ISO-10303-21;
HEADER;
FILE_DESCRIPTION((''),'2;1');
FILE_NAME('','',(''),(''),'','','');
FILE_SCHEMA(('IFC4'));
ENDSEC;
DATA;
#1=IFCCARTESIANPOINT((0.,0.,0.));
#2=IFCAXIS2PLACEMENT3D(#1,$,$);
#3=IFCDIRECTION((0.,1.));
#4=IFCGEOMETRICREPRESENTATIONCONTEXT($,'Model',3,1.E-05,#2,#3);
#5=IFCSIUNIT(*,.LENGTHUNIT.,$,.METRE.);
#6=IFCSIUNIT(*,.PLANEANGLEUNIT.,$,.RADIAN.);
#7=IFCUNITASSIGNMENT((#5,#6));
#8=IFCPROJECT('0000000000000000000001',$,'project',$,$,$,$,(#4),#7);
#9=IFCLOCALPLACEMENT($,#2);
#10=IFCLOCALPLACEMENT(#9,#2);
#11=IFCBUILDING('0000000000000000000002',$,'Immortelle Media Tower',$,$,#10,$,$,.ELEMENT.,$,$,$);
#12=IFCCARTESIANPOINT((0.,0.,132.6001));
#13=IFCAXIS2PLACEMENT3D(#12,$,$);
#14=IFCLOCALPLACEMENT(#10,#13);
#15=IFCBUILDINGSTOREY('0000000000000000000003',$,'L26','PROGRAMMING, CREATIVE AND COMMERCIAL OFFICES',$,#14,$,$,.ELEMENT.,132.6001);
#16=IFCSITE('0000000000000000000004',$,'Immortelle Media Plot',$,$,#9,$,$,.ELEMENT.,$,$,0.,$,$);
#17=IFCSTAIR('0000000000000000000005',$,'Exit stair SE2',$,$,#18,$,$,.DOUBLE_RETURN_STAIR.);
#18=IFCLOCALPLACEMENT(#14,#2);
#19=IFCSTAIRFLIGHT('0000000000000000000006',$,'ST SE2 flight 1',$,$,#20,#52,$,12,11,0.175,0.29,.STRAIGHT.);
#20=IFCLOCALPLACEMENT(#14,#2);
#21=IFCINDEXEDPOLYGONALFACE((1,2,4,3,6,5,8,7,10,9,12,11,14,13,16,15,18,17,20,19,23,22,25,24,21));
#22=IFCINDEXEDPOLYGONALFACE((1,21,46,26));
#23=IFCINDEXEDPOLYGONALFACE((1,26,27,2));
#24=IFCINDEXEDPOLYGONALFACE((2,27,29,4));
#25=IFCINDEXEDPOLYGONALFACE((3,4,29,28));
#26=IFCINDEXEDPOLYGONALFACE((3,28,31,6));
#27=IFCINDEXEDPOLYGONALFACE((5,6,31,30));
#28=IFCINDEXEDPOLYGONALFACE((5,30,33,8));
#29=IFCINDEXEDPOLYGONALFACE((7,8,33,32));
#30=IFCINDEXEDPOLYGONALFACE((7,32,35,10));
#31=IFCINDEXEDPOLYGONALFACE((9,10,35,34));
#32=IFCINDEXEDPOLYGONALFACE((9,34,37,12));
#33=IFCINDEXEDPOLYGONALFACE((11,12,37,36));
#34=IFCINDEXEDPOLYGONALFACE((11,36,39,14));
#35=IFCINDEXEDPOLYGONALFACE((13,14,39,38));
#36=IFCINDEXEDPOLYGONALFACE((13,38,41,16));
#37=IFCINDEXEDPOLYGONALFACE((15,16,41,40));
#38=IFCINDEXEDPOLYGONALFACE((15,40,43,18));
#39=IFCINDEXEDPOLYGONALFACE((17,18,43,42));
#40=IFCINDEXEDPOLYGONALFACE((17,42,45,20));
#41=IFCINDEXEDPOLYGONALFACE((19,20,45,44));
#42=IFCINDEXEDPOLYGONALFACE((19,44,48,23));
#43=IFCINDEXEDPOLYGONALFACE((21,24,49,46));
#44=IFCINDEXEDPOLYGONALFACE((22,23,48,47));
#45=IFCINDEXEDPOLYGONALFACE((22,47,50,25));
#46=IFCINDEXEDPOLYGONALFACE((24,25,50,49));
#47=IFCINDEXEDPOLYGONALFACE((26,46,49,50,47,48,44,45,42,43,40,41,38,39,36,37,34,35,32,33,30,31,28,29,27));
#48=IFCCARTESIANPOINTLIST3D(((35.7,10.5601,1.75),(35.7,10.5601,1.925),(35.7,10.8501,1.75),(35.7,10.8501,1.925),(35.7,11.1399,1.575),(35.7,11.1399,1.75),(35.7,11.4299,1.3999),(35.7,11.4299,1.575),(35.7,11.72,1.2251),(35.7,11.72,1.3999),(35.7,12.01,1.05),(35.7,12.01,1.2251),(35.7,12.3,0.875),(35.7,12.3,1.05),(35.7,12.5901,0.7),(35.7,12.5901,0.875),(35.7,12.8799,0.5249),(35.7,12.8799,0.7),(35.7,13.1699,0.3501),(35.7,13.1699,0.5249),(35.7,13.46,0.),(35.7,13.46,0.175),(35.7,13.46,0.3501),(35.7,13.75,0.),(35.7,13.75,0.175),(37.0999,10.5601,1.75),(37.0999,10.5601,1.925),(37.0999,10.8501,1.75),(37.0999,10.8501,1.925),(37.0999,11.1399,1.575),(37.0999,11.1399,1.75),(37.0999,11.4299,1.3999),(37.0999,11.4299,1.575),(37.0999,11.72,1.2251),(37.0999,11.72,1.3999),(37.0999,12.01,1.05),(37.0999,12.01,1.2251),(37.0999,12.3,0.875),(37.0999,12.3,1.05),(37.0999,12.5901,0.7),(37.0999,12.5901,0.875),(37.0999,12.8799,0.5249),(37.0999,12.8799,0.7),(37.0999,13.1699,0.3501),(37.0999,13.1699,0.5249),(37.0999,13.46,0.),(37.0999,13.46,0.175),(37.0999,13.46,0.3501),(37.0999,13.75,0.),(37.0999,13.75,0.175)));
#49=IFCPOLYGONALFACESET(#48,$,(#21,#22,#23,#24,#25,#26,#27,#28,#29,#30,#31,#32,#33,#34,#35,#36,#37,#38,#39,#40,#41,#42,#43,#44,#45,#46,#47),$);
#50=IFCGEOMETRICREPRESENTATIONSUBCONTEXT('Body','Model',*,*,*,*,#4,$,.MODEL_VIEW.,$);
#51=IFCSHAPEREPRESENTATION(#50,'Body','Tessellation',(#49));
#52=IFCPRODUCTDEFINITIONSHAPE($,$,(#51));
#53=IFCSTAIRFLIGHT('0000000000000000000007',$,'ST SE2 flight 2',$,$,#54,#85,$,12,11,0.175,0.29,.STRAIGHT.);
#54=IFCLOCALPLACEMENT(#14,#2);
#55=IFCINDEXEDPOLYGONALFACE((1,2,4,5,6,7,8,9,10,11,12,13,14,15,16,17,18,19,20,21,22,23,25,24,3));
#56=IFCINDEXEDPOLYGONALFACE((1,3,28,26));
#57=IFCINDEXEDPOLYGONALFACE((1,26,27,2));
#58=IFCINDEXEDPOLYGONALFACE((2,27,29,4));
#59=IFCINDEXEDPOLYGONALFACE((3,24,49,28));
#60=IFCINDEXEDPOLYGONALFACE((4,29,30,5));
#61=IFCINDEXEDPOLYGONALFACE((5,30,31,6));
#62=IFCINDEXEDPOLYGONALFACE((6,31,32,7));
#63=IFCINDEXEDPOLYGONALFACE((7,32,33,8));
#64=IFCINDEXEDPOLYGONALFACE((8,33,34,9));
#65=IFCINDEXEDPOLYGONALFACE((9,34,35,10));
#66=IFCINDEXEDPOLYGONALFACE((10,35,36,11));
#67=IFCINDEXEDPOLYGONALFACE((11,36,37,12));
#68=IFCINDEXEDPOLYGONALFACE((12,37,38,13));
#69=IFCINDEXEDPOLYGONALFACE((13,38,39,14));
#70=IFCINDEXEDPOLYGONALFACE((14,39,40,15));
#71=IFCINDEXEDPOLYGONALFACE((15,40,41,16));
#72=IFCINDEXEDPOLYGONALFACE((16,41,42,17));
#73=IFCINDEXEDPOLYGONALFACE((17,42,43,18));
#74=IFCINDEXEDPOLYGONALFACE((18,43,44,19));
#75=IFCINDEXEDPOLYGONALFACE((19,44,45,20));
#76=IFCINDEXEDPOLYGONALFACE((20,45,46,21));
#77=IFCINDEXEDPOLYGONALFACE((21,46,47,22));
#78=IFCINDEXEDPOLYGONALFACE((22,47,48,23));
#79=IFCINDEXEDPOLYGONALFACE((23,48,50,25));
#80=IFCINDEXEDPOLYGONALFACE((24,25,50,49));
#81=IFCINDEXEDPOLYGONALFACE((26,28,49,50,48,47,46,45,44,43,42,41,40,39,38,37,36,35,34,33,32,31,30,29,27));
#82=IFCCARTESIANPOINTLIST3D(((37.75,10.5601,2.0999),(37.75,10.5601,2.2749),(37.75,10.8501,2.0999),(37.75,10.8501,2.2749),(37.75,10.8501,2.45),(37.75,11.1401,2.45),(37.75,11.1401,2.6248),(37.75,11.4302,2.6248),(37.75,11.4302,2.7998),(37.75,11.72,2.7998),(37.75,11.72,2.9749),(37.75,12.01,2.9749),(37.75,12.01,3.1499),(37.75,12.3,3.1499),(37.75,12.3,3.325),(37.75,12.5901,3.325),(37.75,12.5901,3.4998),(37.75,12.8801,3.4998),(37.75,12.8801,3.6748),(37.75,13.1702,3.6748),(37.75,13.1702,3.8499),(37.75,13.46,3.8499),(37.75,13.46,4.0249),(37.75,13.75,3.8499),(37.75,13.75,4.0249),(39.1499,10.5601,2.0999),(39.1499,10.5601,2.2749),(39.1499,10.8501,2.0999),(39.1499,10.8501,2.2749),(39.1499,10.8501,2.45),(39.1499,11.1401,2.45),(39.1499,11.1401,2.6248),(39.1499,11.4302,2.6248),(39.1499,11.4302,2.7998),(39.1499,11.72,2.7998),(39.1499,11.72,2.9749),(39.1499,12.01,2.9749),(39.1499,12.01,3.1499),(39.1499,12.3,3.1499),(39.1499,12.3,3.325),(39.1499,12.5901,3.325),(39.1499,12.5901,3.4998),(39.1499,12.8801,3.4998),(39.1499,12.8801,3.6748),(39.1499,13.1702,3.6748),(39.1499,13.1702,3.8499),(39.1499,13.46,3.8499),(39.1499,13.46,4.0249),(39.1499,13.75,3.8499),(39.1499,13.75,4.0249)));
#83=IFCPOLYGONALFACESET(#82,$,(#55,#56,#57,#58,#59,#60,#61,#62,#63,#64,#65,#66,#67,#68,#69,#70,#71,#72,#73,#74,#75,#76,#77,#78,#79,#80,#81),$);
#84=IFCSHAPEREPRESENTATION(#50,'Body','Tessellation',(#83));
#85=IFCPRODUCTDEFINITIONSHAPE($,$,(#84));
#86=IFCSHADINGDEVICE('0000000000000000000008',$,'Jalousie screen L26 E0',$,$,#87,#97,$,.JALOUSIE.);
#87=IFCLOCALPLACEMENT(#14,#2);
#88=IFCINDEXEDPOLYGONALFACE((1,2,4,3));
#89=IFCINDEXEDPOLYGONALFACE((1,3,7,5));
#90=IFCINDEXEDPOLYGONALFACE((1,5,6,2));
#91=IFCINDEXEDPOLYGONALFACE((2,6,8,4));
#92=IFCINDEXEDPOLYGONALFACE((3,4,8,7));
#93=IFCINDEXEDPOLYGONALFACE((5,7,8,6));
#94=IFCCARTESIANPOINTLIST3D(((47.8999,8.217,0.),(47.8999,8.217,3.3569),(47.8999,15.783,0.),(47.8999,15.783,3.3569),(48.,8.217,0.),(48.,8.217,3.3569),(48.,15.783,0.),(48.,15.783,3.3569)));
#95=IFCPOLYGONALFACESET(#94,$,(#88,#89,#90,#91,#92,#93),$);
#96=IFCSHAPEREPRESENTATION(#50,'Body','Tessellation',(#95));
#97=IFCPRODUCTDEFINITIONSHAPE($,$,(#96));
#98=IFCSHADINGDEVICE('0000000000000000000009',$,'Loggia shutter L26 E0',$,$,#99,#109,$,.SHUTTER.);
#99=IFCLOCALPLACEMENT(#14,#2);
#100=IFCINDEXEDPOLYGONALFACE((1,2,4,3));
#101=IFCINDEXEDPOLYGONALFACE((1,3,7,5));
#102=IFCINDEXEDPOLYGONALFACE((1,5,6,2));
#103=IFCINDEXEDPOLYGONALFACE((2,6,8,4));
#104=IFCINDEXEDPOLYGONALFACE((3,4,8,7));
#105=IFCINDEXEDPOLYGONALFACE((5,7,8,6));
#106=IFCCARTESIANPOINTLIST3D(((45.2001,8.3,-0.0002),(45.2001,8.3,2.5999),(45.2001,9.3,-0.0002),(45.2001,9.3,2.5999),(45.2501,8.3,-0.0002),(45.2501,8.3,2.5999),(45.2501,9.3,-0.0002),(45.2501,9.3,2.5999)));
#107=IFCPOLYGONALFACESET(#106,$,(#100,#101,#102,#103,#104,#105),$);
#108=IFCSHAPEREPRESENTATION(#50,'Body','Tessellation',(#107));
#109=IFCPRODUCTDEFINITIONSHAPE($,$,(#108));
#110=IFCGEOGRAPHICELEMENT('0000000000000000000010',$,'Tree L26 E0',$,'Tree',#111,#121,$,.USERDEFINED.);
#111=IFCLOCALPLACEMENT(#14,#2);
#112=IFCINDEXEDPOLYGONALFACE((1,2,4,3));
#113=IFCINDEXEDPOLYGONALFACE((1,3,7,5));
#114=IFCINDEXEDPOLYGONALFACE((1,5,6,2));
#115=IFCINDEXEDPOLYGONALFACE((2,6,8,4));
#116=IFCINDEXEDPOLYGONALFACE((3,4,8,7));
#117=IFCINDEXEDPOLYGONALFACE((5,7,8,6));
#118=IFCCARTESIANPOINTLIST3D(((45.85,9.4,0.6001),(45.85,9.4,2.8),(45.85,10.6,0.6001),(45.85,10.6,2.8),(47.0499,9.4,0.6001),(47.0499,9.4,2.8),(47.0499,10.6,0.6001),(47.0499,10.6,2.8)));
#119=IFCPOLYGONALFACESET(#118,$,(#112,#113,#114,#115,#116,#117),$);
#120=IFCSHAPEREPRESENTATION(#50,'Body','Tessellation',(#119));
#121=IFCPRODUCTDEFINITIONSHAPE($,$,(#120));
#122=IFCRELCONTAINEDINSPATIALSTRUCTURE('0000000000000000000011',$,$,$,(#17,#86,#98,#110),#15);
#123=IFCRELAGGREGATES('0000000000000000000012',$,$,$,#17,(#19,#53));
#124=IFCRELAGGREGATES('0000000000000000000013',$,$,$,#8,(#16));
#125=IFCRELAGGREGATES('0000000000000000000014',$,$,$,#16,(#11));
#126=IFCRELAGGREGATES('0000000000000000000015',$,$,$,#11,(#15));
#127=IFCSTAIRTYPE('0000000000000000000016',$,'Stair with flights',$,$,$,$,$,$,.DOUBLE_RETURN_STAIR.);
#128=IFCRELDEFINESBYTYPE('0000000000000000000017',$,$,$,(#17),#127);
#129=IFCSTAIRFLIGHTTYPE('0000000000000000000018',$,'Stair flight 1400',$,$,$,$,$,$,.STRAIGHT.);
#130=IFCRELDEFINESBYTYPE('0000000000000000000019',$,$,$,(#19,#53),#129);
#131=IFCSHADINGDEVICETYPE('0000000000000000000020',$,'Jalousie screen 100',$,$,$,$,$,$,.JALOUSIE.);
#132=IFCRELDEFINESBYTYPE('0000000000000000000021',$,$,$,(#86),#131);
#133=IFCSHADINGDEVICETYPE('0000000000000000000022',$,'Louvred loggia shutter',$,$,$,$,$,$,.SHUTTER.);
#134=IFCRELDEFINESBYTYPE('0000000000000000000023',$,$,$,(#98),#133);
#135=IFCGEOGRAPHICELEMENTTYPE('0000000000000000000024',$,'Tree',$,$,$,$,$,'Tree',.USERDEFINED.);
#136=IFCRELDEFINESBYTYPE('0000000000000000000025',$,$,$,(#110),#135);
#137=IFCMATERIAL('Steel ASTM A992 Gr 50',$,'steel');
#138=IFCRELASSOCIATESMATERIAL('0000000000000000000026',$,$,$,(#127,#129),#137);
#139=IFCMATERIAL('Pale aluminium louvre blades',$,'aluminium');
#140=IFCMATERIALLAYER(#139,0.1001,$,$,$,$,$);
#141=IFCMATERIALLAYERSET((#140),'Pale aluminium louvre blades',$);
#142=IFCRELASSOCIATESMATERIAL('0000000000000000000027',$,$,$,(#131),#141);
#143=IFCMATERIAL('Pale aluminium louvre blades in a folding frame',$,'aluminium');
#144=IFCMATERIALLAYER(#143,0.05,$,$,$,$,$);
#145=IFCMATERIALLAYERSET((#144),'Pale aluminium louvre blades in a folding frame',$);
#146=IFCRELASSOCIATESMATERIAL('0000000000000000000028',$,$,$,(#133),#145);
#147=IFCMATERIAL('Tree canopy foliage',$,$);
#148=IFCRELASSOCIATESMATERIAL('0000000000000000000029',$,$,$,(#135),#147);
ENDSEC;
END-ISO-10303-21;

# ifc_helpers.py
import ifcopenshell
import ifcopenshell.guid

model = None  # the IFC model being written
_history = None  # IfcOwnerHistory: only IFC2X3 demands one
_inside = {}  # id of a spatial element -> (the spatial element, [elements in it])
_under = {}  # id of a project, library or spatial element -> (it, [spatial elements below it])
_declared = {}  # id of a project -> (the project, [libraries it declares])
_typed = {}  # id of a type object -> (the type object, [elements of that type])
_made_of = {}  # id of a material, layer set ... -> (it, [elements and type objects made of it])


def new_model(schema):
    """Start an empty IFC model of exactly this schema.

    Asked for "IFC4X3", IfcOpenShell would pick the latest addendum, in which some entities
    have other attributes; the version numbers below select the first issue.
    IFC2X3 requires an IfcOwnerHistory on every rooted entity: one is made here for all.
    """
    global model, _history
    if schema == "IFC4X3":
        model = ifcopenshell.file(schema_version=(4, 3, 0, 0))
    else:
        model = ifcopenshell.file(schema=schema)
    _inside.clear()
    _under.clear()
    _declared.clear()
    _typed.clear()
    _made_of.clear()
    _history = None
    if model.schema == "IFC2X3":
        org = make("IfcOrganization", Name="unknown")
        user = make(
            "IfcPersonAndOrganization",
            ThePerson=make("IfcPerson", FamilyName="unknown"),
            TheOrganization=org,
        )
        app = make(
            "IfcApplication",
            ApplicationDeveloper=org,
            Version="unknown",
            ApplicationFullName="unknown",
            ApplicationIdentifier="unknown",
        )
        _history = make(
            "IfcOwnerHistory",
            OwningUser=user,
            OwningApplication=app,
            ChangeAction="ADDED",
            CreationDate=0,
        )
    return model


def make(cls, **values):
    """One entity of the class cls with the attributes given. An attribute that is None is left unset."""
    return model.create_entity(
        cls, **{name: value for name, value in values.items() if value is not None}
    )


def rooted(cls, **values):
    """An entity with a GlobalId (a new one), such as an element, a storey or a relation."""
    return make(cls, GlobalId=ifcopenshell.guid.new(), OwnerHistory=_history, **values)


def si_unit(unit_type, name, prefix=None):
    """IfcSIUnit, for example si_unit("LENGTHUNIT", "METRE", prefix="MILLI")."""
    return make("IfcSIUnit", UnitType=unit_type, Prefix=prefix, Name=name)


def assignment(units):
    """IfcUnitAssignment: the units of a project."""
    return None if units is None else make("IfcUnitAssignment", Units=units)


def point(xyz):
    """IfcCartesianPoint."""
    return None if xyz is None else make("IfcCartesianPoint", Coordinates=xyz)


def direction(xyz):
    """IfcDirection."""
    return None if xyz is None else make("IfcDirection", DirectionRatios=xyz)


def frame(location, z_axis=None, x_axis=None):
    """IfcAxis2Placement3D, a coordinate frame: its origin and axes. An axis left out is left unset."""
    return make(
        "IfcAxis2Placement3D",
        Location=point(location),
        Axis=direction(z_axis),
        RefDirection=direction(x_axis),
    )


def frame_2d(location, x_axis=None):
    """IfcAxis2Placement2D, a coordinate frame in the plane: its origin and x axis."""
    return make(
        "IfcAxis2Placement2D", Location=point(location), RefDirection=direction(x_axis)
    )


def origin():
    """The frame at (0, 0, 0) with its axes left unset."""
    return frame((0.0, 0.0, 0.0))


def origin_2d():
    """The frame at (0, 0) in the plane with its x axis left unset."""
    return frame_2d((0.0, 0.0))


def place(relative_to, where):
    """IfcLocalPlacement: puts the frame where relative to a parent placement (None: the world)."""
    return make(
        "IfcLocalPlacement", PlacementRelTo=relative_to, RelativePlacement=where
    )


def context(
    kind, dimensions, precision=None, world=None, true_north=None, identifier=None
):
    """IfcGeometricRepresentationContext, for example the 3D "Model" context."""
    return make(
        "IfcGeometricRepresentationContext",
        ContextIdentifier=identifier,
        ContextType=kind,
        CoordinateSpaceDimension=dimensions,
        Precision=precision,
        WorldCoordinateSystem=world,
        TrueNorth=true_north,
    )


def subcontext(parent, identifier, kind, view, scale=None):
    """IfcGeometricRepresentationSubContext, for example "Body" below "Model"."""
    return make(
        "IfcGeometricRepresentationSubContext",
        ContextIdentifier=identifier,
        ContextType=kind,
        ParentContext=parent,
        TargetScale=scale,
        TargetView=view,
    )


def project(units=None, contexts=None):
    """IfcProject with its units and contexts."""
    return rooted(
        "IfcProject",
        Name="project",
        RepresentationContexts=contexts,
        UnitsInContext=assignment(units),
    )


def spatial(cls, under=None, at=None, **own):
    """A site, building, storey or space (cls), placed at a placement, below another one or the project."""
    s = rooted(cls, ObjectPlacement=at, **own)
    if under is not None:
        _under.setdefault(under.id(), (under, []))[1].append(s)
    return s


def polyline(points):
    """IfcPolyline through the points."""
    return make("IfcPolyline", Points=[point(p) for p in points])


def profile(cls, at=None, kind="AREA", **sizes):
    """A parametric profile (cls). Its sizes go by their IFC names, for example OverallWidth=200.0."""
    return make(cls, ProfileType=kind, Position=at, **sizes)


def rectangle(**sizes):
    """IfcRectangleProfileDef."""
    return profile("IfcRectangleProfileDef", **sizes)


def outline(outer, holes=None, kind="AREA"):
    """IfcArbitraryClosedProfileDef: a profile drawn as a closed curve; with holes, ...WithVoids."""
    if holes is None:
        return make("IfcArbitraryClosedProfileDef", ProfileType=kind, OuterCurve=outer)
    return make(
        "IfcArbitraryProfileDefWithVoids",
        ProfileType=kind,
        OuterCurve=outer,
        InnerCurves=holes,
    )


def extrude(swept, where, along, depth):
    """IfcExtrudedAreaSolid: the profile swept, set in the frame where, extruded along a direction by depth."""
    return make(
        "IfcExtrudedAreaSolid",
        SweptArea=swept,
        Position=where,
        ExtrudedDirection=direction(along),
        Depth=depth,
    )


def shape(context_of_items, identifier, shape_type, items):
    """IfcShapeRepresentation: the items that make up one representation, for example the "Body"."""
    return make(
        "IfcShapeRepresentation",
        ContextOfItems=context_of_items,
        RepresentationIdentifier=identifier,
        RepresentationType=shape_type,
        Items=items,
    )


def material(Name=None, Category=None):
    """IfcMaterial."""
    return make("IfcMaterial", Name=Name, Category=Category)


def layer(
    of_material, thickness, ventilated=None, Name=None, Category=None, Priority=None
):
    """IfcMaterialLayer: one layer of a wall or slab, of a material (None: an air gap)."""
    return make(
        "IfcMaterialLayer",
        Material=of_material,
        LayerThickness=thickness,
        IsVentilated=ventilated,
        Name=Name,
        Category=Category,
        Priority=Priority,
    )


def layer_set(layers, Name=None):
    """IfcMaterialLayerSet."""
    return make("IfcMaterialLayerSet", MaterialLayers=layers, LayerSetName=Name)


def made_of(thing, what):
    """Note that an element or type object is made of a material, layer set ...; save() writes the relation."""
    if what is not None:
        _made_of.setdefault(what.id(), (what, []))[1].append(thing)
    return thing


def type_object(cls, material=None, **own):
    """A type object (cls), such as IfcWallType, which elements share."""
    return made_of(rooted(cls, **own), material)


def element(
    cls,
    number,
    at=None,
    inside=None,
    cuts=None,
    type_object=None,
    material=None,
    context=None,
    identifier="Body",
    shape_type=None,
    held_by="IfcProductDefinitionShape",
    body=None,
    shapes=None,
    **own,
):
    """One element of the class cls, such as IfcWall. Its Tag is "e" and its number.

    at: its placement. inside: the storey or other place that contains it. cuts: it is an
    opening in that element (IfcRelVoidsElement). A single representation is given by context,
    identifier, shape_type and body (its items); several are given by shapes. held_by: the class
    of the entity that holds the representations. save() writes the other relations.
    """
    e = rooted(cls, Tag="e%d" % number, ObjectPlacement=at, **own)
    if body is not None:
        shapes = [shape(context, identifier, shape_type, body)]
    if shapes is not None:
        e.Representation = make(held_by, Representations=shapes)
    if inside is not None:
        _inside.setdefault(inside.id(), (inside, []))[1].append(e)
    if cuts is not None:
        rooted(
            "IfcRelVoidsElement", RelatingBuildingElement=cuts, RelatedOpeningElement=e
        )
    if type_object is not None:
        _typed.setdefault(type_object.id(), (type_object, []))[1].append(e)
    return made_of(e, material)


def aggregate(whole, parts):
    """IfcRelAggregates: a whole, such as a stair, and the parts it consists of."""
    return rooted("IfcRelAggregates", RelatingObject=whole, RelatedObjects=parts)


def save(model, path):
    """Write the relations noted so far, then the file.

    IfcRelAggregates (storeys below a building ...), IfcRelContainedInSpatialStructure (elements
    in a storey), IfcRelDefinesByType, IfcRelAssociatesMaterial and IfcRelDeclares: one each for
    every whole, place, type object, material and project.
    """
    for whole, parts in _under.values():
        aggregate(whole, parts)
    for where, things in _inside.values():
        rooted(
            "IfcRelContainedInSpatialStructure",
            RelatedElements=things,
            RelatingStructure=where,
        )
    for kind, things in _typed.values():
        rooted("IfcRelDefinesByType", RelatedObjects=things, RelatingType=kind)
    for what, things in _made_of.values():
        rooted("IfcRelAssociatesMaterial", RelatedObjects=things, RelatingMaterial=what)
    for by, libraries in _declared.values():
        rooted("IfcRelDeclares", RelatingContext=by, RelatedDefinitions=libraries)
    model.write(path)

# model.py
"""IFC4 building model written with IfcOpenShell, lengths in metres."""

from ifc_helpers import new_model, si_unit, direction, frame, origin, origin_2d, place, context, subcontext, project, spatial, polyline, rectangle, outline, extrude, material, layer, layer_set, type_object, element, aggregate, save


model = new_model("IFC4")

# Units and contexts
model_context = context("Model", 3, precision=1e-05, world=origin(), true_north=direction((0.0, 1.0)))
body_context = subcontext(model_context, "Body", "Model", "MODEL_VIEW")
ifc_project = project(units=[si_unit("LENGTHUNIT", "METRE"), si_unit("PLANEANGLEUNIT", "RADIAN")], contexts=[model_context])

# Site, building, storey
site_placement = place(None, origin())
site = spatial("IfcSite", under=ifc_project, at=site_placement, Name="Immortelle Media Plot", CompositionType="ELEMENT", RefElevation=0.0)
building_placement = place(site_placement, origin())
building = spatial("IfcBuilding", under=site, at=building_placement, Name="Immortelle Media Tower", CompositionType="ELEMENT")
storey_placement = place(building_placement, frame((0.0, 0.0, 132.6001)))
storey = spatial("IfcBuildingStorey", under=building, at=storey_placement, Name="L26", Description="PROGRAMMING, CREATIVE AND COMMERCIAL OFFICES", CompositionType="ELEMENT", Elevation=132.6001)

# Shared definitions
ifc_material_1 = material(Name="Steel ASTM A992 Gr 50", Category="steel")

# Stair, stair flights
stair_type = type_object("IfcStairType", Name="Stair with flights", PredefinedType="DOUBLE_RETURN_STAIR", material=ifc_material_1)
stair_flight_type = type_object("IfcStairFlightType", Name="Stair flight 1400", PredefinedType="STRAIGHT", material=ifc_material_1)
stair_1_placement = place(storey_placement, origin())
stair_1 = element("IfcStair", 1, at=stair_1_placement, inside=storey, type_object=stair_type, Name="Exit stair SE2", PredefinedType="DOUBLE_RETURN_STAIR")
stair_flight_1_placement = place(storey_placement, frame((36.3999, 13.75, 0.0), z_axis=(0.0, 0.0, 1.0), x_axis=(0.0, -1.0, 0.0)))
stair_flight_1 = element("IfcStairFlight", 2, at=stair_flight_1_placement, type_object=stair_flight_type, Name="ST SE2 flight 1", NumberOfRisers=12, NumberOfTreads=11, PredefinedType="STRAIGHT", RiserHeight=0.175, TreadLength=0.29, context=body_context, shape_type="SweptSolid", body=[
    extrude(outline(polyline([(0.0, 0.0), (0.0, 0.175), (0.29, 0.175), (0.29, 0.3501), (0.5801, 0.3501), (0.5801, 0.5249), (0.8701, 0.5249), (0.8701, 0.7), (1.1599, 0.7), (1.1599, 0.875), (1.45, 0.875), (1.45, 1.05), (1.74, 1.05), (1.74, 1.2251), (2.03, 1.2251), (2.03, 1.3999), (2.3201, 1.3999), (2.3201, 1.575), (2.6101, 1.575), (2.6101, 1.75), (2.8999, 1.75), (2.8999, 1.925), (3.1899, 1.925), (3.1899, 2.1001), (3.1899, 1.75), (0.29, 0.0), (0.0, 0.0)])), frame((0.0, 0.7, 0.0), z_axis=(0.0, -1.0, 0.0), x_axis=(1.0, 0.0, 0.0)), (0.0, 0.0, 1.0), 1.3999),
])
stair_flight_2_placement = place(storey_placement, frame((38.45, 10.5601, 2.0999), z_axis=(0.0, 0.0, 1.0), x_axis=(0.0, 1.0, 0.0)))
stair_flight_2 = element("IfcStairFlight", 3, at=stair_flight_2_placement, type_object=stair_flight_type, Name="ST SE2 flight 2", NumberOfRisers=12, NumberOfTreads=11, PredefinedType="STRAIGHT", RiserHeight=0.175, TreadLength=0.29, context=body_context, shape_type="SweptSolid", body=[
    extrude(outline(polyline([(0.0, 0.0), (0.0, 0.175), (0.29, 0.175), (0.29, 0.3501), (0.5801, 0.3501), (0.5801, 0.5249), (0.8701, 0.5249), (0.8701, 0.7), (1.1599, 0.7), (1.1599, 0.875), (1.45, 0.875), (1.45, 1.05), (1.74, 1.05), (1.74, 1.2251), (2.03, 1.2251), (2.03, 1.3999), (2.3201, 1.3999), (2.3201, 1.575), (2.6101, 1.575), (2.6101, 1.75), (2.8999, 1.75), (2.8999, 1.925), (3.1899, 1.925), (3.1899, 2.1001), (3.1899, 1.75), (0.29, 0.0), (0.0, 0.0)])), frame((0.0, 0.7, 0.0), z_axis=(0.0, -1.0, 0.0), x_axis=(1.0, 0.0, 0.0)), (0.0, 0.0, 1.0), 1.3999),
])
aggregate(stair_1, [stair_flight_1, stair_flight_2])

# Shading devices
ifc_material_2 = material(Name="Pale aluminium louvre blades", Category="aluminium")
ifc_layer_1 = layer(ifc_material_2, 0.1001)
ifc_layer_set_1 = layer_set([ifc_layer_1], Name="Pale aluminium louvre blades")
shading_device_type_1 = type_object("IfcShadingDeviceType", Name="Jalousie screen 100", PredefinedType="JALOUSIE", material=ifc_layer_set_1)
shading_device_1_placement = place(storey_placement, frame((47.95, 12.0, 0.0), z_axis=(0.0, 0.0, 1.0), x_axis=(0.0, 1.0, 0.0)))
element("IfcShadingDevice", 4, at=shading_device_1_placement, inside=storey, type_object=shading_device_type_1, Name="Jalousie screen L26 E0", PredefinedType="JALOUSIE", context=body_context, shape_type="SweptSolid", body=[
    extrude(rectangle(XDim=7.5659, YDim=0.1001, at=origin_2d()), origin(), (0.0, 0.0, 1.0), 3.3569),
])
ifc_material_3 = material(Name="Pale aluminium louvre blades in a folding frame", Category="aluminium")
ifc_layer_2 = layer(ifc_material_3, 0.05)
ifc_layer_set_2 = layer_set([ifc_layer_2], Name="Pale aluminium louvre blades in a folding frame")
shading_device_type_2 = type_object("IfcShadingDeviceType", Name="Louvred loggia shutter", PredefinedType="SHUTTER", material=ifc_layer_set_2)
shading_device_2_placement = place(storey_placement, frame((45.2251, 8.8, -0.0002), z_axis=(0.0, 0.0, 1.0), x_axis=(0.0, 1.0, 0.0)))
element("IfcShadingDevice", 5, at=shading_device_2_placement, inside=storey, type_object=shading_device_type_2, Name="Loggia shutter L26 E0", PredefinedType="SHUTTER", context=body_context, shape_type="SweptSolid", body=[
    extrude(rectangle(XDim=1.0, YDim=0.05, at=origin_2d()), origin(), (0.0, 0.0, 1.0), 2.6001),
])

# Geographic element
ifc_material_4 = material(Name="Tree canopy foliage")
geographic_element_type = type_object("IfcGeographicElementType", Name="Tree", ElementType="Tree", PredefinedType="USERDEFINED", material=ifc_material_4)
geographic_element_placement = place(storey_placement, frame((46.45, 10.0, 0.6001), z_axis=(0.0, 0.0, 1.0), x_axis=(1.0, 0.0, 0.0)))
element("IfcGeographicElement", 6, at=geographic_element_placement, inside=storey, type_object=geographic_element_type, Name="Tree L26 E0", ObjectType="Tree", PredefinedType="USERDEFINED", context=body_context, shape_type="SweptSolid", body=[
    extrude(rectangle(XDim=1.2, YDim=1.2, at=origin_2d()), origin(), (0.0, 0.0, 1.0), 2.2),
])

save(model, "model.ifc")
